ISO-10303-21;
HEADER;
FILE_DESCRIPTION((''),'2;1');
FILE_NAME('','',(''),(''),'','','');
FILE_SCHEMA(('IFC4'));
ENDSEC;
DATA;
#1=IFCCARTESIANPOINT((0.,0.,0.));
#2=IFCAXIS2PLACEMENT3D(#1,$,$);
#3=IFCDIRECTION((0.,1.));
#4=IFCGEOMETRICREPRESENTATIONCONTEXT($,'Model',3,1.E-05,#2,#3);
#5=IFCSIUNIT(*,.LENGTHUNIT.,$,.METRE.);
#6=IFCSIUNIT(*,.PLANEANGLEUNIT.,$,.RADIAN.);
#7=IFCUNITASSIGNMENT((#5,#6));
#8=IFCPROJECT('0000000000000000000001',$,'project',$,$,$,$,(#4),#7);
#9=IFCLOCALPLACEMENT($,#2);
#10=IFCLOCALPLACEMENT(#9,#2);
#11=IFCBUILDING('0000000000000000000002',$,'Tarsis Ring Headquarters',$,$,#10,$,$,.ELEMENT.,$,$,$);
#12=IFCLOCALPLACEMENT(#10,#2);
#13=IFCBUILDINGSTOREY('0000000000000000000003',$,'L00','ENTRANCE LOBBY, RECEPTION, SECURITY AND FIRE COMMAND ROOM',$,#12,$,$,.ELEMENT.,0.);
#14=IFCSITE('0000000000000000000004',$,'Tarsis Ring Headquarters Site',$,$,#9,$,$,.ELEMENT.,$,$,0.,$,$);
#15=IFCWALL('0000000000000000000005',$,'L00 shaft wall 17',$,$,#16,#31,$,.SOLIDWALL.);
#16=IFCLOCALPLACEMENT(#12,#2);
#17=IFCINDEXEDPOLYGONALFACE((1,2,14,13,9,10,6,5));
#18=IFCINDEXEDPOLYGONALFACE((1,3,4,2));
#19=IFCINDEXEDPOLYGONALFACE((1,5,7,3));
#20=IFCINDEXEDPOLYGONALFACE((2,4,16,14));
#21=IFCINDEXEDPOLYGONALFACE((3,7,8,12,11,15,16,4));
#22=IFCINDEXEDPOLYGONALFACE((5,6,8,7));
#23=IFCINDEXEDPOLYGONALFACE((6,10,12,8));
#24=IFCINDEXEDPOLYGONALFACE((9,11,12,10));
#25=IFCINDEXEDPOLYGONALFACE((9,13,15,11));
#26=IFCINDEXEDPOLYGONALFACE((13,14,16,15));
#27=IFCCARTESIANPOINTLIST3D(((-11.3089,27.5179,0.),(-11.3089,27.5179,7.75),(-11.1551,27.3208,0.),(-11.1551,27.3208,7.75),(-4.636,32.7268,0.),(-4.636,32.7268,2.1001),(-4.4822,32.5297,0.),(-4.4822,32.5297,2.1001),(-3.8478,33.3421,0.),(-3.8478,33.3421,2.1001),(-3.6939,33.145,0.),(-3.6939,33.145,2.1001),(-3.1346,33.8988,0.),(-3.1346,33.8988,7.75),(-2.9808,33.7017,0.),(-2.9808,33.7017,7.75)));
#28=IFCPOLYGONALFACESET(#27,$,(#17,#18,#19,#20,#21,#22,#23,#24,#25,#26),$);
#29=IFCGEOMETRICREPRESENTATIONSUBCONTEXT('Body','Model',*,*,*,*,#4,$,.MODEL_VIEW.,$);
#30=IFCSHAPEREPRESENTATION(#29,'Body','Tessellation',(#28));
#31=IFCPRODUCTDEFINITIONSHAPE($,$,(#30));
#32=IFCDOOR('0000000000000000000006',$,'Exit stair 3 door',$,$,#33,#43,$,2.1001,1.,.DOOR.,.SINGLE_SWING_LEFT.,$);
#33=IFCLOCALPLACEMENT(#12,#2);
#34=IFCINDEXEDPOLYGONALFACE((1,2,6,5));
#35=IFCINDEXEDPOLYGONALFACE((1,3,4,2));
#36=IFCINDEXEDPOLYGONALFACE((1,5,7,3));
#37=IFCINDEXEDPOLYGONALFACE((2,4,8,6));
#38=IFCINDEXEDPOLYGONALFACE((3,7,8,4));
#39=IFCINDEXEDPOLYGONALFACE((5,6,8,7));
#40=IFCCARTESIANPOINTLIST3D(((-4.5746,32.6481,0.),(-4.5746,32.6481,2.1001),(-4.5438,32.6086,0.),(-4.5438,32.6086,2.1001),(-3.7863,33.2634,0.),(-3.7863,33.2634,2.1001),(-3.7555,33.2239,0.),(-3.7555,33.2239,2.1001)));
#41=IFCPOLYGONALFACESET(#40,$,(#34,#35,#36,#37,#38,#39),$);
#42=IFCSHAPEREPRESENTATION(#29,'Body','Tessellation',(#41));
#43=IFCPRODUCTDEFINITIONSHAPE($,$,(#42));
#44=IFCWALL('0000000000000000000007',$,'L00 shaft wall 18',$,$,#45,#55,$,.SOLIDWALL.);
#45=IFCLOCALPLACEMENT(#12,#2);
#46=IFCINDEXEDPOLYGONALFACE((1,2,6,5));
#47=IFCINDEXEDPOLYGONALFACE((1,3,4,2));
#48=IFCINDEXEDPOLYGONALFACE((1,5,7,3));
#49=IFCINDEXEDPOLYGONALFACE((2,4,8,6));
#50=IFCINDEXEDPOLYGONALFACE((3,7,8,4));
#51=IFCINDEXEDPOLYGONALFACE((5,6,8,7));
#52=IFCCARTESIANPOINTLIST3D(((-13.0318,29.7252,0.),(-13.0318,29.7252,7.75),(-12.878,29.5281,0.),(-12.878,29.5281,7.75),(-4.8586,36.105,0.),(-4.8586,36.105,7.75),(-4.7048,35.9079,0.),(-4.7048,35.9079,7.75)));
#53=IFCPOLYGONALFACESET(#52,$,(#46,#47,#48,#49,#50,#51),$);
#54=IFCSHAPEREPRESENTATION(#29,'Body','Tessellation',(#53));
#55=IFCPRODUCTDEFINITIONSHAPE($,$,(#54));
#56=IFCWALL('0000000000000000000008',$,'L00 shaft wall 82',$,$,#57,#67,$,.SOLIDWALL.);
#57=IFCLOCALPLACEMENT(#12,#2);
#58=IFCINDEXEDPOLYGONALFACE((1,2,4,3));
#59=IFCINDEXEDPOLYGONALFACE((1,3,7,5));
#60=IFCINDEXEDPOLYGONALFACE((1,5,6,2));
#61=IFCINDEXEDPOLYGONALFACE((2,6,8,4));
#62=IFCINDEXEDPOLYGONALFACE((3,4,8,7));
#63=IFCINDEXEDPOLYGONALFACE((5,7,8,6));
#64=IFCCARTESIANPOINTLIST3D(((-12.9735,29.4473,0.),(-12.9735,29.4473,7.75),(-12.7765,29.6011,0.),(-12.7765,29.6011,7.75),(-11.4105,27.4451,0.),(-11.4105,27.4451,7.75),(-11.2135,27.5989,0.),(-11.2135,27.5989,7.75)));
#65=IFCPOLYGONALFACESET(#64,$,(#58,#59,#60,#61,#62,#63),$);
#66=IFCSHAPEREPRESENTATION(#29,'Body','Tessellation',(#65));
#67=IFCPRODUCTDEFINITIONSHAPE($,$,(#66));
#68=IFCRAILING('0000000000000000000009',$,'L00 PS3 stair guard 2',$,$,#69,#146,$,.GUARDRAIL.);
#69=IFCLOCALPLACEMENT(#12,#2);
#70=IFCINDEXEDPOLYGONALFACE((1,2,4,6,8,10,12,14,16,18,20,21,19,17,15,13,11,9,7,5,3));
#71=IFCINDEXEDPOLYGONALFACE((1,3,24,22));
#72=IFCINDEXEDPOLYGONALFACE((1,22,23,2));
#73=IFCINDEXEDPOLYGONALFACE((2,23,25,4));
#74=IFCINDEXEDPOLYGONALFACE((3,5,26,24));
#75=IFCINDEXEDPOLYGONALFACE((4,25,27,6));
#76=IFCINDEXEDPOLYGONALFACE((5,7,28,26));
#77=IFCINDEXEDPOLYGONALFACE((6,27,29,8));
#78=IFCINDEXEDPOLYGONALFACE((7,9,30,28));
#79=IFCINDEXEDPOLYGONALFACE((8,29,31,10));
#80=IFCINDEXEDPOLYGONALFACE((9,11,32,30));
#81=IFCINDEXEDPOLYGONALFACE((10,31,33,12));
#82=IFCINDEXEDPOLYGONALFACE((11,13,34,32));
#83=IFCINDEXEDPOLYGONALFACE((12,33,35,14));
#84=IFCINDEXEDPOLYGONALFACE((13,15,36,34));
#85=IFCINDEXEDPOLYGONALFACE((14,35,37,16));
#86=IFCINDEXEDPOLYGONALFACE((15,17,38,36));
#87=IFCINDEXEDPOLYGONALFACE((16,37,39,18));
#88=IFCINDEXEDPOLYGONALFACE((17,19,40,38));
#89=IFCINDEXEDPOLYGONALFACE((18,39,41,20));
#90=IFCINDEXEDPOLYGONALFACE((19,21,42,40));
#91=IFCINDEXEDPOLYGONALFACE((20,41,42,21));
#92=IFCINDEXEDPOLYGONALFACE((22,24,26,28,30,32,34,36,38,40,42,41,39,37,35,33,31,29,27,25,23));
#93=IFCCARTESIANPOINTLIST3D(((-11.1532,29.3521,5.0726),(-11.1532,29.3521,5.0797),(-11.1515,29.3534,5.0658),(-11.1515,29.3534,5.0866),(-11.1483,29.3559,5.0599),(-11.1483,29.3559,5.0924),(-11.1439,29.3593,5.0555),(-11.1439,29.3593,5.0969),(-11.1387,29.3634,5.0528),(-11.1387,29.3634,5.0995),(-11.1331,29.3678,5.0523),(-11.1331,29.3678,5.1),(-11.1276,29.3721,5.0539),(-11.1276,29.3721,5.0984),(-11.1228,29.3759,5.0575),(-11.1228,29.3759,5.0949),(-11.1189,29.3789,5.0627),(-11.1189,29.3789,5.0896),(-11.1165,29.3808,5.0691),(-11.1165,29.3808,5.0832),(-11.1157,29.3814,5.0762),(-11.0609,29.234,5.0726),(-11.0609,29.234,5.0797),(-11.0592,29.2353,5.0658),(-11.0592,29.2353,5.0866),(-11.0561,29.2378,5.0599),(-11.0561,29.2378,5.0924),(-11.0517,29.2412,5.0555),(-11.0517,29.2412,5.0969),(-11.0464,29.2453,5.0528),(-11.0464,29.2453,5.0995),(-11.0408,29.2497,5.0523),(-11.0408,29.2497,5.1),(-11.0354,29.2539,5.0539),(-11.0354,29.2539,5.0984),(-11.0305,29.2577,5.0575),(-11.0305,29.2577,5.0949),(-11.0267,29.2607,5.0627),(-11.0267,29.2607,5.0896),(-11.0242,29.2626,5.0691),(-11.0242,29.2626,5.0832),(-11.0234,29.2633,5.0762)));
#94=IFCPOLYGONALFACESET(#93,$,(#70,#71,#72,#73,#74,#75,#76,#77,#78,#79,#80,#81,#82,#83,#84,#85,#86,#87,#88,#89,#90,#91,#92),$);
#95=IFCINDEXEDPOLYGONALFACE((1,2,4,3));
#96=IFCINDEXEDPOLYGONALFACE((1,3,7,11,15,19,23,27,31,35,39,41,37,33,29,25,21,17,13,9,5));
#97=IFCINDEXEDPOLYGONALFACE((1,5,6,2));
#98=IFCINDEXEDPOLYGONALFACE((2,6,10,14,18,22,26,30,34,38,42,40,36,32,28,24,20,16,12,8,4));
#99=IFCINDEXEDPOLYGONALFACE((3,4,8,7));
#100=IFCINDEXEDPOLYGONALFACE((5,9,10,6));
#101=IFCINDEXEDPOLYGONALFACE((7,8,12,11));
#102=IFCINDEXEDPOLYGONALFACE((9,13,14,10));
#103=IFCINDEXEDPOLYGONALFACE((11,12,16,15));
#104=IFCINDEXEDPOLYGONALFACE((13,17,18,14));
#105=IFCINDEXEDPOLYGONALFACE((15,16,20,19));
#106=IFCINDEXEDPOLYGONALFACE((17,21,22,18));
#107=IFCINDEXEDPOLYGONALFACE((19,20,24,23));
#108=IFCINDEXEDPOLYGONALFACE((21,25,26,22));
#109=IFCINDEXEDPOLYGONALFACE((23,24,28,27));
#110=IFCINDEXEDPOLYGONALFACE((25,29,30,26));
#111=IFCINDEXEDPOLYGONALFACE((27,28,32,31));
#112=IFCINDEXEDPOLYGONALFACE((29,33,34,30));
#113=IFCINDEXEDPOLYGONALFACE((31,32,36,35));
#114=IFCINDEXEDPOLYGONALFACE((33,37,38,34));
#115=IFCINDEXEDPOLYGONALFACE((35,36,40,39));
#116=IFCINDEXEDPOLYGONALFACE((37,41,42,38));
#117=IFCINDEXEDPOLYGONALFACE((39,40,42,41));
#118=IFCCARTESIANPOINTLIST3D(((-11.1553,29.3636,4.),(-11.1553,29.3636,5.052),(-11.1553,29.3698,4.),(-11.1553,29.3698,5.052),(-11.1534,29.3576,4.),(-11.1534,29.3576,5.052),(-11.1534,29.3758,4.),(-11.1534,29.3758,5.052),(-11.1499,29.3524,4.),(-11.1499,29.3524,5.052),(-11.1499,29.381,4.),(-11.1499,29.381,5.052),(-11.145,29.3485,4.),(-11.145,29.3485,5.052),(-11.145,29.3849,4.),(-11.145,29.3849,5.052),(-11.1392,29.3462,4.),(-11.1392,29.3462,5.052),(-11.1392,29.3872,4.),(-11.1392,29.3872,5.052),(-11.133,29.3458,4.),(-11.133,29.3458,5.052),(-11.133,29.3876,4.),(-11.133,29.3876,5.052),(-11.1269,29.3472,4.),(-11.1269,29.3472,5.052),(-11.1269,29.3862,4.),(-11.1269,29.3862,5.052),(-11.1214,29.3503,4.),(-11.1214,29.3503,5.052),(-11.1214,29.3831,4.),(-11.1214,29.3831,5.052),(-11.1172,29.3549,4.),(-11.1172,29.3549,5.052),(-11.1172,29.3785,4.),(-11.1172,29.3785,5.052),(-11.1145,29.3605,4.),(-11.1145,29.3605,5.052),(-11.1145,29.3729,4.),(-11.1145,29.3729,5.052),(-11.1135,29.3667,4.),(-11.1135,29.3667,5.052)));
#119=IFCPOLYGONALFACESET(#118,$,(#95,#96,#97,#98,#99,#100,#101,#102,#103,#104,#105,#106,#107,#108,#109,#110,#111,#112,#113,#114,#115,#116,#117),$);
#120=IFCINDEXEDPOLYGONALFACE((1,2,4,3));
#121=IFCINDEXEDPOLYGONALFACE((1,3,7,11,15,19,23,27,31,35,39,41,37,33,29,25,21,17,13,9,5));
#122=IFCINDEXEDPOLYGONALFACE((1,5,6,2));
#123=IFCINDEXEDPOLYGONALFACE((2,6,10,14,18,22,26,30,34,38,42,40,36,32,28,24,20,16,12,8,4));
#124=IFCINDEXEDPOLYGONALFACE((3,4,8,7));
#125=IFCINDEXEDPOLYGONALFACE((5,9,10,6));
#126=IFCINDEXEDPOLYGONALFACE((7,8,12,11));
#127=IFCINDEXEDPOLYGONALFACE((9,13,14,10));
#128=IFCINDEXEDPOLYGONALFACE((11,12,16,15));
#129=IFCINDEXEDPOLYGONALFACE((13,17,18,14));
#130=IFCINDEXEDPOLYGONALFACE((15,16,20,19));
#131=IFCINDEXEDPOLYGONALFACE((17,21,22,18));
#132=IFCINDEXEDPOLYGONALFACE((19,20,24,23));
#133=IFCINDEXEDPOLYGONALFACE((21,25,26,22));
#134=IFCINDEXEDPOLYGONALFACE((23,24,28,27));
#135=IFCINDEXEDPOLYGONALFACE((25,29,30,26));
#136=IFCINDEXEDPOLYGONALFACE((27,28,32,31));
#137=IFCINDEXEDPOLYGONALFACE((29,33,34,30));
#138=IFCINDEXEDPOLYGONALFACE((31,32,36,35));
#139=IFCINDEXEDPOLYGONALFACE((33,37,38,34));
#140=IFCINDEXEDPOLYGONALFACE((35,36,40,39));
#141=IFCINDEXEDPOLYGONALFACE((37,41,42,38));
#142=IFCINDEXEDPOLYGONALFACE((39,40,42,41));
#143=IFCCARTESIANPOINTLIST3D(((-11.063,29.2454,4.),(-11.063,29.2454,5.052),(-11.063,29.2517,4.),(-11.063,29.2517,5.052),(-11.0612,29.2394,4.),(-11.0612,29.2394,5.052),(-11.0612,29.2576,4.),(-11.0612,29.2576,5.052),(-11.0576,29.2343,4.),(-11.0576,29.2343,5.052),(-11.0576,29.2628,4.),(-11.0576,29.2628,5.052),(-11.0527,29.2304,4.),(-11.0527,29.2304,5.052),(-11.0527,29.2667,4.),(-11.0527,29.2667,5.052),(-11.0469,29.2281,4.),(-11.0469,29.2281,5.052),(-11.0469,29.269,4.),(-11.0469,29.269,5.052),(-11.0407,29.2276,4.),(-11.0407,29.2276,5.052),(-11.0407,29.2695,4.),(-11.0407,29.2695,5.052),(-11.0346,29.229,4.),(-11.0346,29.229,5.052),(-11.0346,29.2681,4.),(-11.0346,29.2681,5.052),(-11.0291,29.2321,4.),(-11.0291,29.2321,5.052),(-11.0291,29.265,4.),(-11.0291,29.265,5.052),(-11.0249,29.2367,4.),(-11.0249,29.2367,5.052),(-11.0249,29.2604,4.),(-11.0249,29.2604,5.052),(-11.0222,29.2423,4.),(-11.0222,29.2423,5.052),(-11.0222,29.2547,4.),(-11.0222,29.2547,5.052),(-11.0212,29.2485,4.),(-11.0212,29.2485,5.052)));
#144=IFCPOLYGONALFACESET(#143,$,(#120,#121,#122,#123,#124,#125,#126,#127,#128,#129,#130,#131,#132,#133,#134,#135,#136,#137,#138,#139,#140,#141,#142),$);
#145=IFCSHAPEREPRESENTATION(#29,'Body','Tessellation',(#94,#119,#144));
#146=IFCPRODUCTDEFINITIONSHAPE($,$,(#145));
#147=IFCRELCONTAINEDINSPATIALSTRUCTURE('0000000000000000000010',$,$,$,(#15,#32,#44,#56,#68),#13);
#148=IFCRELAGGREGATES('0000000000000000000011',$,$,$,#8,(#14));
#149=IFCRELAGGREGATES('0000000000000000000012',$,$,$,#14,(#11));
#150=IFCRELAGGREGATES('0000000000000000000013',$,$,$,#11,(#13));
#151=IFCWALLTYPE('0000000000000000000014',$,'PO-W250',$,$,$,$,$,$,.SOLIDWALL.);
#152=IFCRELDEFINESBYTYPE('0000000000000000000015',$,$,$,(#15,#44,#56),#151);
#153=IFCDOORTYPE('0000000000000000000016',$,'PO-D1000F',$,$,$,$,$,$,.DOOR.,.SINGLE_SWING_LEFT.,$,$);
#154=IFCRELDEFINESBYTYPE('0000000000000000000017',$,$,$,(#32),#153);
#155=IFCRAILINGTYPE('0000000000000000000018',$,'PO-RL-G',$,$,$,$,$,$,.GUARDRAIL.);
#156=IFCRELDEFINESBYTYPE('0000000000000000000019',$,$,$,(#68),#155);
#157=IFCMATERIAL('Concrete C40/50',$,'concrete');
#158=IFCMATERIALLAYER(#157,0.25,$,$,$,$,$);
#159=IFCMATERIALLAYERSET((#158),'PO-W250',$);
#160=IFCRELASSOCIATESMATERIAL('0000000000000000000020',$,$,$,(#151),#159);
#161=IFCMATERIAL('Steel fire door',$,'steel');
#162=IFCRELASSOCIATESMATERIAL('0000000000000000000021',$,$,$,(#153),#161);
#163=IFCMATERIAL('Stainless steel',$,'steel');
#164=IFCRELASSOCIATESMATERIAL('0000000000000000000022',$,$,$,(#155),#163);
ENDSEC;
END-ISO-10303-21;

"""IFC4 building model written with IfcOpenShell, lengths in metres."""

from ifc_helpers import new_model, si_unit, direction, frame, frame_2d, origin, origin_2d, place, context, subcontext, project, spatial, rectangle, circle, extrude, material, layer, layer_set, type_object, element, fill, save


model = new_model("IFC4")

# Units and contexts
model_context = context("Model", 3, precision=1e-05, world=origin(), true_north=direction((0.0, 1.0)))
body_context = subcontext(model_context, "Body", "Model", "MODEL_VIEW")
ifc_project = project(units=[si_unit("LENGTHUNIT", "METRE"), si_unit("PLANEANGLEUNIT", "RADIAN")], contexts=[model_context])

# Site, building, storey
site_placement = place(None, origin())
site = spatial("IfcSite", under=ifc_project, at=site_placement, Name="Tarsis Ring Headquarters Site", CompositionType="ELEMENT", RefElevation=0.0)
building_placement = place(site_placement, origin())
building = spatial("IfcBuilding", under=site, at=building_placement, Name="Tarsis Ring Headquarters", CompositionType="ELEMENT")
storey_placement = place(building_placement, origin())
storey = spatial("IfcBuildingStorey", under=building, at=storey_placement, Name="L00", Description="ENTRANCE LOBBY, RECEPTION, SECURITY AND FIRE COMMAND ROOM", CompositionType="ELEMENT", Elevation=0.0)

# Shared definitions
ifc_material_1 = material(Name="Concrete C40/50", Category="concrete")

# Wall, opening, door
ifc_layer_1 = layer(ifc_material_1, 0.25)
ifc_layer_set_1 = layer_set([ifc_layer_1], Name="PO-W250")
wall_type_1 = type_object("IfcWallType", Name="PO-W250", PredefinedType="SOLIDWALL", material=ifc_layer_set_1)
wall_1_placement = place(storey_placement, frame((-3.0576, 33.8003, 0.0), z_axis=(0.0, 0.0, 1.0), x_axis=(-0.788273, -0.615325, 0.0)))
wall_1 = element("IfcWall", 1, at=wall_1_placement, inside=storey, type_object=wall_type_1, Name="L00 shaft wall 17", PredefinedType="SOLIDWALL", context=body_context, shape_type="SweptSolid", body=[
    extrude(rectangle(XDim=10.3699, YDim=0.25, at=frame_2d((5.1851, 0.0))), origin(), (0.0, 0.0, 1.0), 7.75),
])
opening_1_placement = place(wall_1_placement, frame((0.9048, 0.0, 0.0)))
opening_1 = element("IfcOpeningElement", 2, at=opening_1_placement, cuts=wall_1, PredefinedType="OPENING", context=body_context, shape_type="SweptSolid", body=[
    extrude(rectangle(XDim=1.0, YDim=2.1001, at=frame_2d((0.5, 1.05))), frame((0.0, 0.135, 0.0), z_axis=(0.0, -1.0, 0.0), x_axis=(1.0, 0.0, 0.0)), (0.0, 0.0, 1.0), 0.27),
])
ifc_material_2 = material(Name="Steel fire door", Category="steel")
door_type_1 = type_object("IfcDoorType", Name="PO-D1000F", OperationType="SINGLE_SWING_LEFT", PredefinedType="DOOR", material=ifc_material_2)
door_1_placement = place(opening_1_placement, origin())
door_1 = element("IfcDoor", 3, at=door_1_placement, inside=storey, type_object=door_type_1, Name="Exit stair 3 door", OperationType="SINGLE_SWING_LEFT", OverallHeight=2.1001, OverallWidth=1.0, PredefinedType="DOOR", context=body_context, shape_type="SweptSolid", body=[
    extrude(rectangle(XDim=1.0, YDim=2.1001, at=frame_2d((0.5, 1.05))), frame((0.0, 0.0249, 0.0), z_axis=(0.0, -1.0, 0.0), x_axis=(1.0, 0.0, 0.0)), (0.0, 0.0, 1.0), 0.05),
])
fill(opening_1, door_1)

# Walls
wall_2_placement = place(storey_placement, frame((-12.9548, 29.6267, 0.0), z_axis=(0.0, 0.0, 1.0), x_axis=(0.788283, 0.615312, 0.0)))
element("IfcWall", 4, at=wall_2_placement, inside=storey, type_object=wall_type_1, Name="L00 shaft wall 18", PredefinedType="SOLIDWALL", context=body_context, shape_type="SweptSolid", body=[
    extrude(rectangle(XDim=10.3684, YDim=0.25, at=frame_2d((5.1841, 0.0))), origin(), (0.0, 0.0, 1.0), 7.75),
])
wall_3_placement = place(storey_placement, frame((-11.312, 27.522, 0.0), z_axis=(0.0, 0.0, 1.0), x_axis=(-0.615344, 0.788259, 0.0)))
element("IfcWall", 5, at=wall_3_placement, inside=storey, type_object=wall_type_1, Name="L00 shaft wall 82", PredefinedType="SOLIDWALL", context=body_context, shape_type="SweptSolid", body=[
    extrude(rectangle(XDim=2.54, YDim=0.25, at=frame_2d((1.27, 0.0))), origin(), (0.0, 0.0, 1.0), 7.75),
])

# Railing
ifc_material_3 = material(Name="Stainless steel", Category="steel")
railing_type_1 = type_object("IfcRailingType", Name="PO-RL-G", PredefinedType="GUARDRAIL", material=ifc_material_3)
railing_1_placement = place(storey_placement, frame((-11.1345, 29.3667, 4.0)))
element("IfcRailing", 6, at=railing_1_placement, inside=storey, type_object=railing_type_1, Name="L00 PS3 stair guard 2", PredefinedType="GUARDRAIL", context=body_context, shape_type="SweptSolid", body=[
    extrude(circle(Radius=0.0239, at=origin_2d()), frame((0.0, 0.0, 1.0762), z_axis=(0.615518, -0.788123, 0.0), x_axis=(0.788123, 0.615518, 0.0)), (0.0, 0.0, 1.0), 0.1499),
    extrude(circle(Radius=0.021, at=origin_2d()), origin(), (0.0, 0.0, 1.0), 1.052),
    extrude(circle(Radius=0.021, at=origin_2d()), frame((0.0923, -0.1182, 0.0)), (0.0, 0.0, 1.0), 1.052),
])

save(model, "model.ifc")
